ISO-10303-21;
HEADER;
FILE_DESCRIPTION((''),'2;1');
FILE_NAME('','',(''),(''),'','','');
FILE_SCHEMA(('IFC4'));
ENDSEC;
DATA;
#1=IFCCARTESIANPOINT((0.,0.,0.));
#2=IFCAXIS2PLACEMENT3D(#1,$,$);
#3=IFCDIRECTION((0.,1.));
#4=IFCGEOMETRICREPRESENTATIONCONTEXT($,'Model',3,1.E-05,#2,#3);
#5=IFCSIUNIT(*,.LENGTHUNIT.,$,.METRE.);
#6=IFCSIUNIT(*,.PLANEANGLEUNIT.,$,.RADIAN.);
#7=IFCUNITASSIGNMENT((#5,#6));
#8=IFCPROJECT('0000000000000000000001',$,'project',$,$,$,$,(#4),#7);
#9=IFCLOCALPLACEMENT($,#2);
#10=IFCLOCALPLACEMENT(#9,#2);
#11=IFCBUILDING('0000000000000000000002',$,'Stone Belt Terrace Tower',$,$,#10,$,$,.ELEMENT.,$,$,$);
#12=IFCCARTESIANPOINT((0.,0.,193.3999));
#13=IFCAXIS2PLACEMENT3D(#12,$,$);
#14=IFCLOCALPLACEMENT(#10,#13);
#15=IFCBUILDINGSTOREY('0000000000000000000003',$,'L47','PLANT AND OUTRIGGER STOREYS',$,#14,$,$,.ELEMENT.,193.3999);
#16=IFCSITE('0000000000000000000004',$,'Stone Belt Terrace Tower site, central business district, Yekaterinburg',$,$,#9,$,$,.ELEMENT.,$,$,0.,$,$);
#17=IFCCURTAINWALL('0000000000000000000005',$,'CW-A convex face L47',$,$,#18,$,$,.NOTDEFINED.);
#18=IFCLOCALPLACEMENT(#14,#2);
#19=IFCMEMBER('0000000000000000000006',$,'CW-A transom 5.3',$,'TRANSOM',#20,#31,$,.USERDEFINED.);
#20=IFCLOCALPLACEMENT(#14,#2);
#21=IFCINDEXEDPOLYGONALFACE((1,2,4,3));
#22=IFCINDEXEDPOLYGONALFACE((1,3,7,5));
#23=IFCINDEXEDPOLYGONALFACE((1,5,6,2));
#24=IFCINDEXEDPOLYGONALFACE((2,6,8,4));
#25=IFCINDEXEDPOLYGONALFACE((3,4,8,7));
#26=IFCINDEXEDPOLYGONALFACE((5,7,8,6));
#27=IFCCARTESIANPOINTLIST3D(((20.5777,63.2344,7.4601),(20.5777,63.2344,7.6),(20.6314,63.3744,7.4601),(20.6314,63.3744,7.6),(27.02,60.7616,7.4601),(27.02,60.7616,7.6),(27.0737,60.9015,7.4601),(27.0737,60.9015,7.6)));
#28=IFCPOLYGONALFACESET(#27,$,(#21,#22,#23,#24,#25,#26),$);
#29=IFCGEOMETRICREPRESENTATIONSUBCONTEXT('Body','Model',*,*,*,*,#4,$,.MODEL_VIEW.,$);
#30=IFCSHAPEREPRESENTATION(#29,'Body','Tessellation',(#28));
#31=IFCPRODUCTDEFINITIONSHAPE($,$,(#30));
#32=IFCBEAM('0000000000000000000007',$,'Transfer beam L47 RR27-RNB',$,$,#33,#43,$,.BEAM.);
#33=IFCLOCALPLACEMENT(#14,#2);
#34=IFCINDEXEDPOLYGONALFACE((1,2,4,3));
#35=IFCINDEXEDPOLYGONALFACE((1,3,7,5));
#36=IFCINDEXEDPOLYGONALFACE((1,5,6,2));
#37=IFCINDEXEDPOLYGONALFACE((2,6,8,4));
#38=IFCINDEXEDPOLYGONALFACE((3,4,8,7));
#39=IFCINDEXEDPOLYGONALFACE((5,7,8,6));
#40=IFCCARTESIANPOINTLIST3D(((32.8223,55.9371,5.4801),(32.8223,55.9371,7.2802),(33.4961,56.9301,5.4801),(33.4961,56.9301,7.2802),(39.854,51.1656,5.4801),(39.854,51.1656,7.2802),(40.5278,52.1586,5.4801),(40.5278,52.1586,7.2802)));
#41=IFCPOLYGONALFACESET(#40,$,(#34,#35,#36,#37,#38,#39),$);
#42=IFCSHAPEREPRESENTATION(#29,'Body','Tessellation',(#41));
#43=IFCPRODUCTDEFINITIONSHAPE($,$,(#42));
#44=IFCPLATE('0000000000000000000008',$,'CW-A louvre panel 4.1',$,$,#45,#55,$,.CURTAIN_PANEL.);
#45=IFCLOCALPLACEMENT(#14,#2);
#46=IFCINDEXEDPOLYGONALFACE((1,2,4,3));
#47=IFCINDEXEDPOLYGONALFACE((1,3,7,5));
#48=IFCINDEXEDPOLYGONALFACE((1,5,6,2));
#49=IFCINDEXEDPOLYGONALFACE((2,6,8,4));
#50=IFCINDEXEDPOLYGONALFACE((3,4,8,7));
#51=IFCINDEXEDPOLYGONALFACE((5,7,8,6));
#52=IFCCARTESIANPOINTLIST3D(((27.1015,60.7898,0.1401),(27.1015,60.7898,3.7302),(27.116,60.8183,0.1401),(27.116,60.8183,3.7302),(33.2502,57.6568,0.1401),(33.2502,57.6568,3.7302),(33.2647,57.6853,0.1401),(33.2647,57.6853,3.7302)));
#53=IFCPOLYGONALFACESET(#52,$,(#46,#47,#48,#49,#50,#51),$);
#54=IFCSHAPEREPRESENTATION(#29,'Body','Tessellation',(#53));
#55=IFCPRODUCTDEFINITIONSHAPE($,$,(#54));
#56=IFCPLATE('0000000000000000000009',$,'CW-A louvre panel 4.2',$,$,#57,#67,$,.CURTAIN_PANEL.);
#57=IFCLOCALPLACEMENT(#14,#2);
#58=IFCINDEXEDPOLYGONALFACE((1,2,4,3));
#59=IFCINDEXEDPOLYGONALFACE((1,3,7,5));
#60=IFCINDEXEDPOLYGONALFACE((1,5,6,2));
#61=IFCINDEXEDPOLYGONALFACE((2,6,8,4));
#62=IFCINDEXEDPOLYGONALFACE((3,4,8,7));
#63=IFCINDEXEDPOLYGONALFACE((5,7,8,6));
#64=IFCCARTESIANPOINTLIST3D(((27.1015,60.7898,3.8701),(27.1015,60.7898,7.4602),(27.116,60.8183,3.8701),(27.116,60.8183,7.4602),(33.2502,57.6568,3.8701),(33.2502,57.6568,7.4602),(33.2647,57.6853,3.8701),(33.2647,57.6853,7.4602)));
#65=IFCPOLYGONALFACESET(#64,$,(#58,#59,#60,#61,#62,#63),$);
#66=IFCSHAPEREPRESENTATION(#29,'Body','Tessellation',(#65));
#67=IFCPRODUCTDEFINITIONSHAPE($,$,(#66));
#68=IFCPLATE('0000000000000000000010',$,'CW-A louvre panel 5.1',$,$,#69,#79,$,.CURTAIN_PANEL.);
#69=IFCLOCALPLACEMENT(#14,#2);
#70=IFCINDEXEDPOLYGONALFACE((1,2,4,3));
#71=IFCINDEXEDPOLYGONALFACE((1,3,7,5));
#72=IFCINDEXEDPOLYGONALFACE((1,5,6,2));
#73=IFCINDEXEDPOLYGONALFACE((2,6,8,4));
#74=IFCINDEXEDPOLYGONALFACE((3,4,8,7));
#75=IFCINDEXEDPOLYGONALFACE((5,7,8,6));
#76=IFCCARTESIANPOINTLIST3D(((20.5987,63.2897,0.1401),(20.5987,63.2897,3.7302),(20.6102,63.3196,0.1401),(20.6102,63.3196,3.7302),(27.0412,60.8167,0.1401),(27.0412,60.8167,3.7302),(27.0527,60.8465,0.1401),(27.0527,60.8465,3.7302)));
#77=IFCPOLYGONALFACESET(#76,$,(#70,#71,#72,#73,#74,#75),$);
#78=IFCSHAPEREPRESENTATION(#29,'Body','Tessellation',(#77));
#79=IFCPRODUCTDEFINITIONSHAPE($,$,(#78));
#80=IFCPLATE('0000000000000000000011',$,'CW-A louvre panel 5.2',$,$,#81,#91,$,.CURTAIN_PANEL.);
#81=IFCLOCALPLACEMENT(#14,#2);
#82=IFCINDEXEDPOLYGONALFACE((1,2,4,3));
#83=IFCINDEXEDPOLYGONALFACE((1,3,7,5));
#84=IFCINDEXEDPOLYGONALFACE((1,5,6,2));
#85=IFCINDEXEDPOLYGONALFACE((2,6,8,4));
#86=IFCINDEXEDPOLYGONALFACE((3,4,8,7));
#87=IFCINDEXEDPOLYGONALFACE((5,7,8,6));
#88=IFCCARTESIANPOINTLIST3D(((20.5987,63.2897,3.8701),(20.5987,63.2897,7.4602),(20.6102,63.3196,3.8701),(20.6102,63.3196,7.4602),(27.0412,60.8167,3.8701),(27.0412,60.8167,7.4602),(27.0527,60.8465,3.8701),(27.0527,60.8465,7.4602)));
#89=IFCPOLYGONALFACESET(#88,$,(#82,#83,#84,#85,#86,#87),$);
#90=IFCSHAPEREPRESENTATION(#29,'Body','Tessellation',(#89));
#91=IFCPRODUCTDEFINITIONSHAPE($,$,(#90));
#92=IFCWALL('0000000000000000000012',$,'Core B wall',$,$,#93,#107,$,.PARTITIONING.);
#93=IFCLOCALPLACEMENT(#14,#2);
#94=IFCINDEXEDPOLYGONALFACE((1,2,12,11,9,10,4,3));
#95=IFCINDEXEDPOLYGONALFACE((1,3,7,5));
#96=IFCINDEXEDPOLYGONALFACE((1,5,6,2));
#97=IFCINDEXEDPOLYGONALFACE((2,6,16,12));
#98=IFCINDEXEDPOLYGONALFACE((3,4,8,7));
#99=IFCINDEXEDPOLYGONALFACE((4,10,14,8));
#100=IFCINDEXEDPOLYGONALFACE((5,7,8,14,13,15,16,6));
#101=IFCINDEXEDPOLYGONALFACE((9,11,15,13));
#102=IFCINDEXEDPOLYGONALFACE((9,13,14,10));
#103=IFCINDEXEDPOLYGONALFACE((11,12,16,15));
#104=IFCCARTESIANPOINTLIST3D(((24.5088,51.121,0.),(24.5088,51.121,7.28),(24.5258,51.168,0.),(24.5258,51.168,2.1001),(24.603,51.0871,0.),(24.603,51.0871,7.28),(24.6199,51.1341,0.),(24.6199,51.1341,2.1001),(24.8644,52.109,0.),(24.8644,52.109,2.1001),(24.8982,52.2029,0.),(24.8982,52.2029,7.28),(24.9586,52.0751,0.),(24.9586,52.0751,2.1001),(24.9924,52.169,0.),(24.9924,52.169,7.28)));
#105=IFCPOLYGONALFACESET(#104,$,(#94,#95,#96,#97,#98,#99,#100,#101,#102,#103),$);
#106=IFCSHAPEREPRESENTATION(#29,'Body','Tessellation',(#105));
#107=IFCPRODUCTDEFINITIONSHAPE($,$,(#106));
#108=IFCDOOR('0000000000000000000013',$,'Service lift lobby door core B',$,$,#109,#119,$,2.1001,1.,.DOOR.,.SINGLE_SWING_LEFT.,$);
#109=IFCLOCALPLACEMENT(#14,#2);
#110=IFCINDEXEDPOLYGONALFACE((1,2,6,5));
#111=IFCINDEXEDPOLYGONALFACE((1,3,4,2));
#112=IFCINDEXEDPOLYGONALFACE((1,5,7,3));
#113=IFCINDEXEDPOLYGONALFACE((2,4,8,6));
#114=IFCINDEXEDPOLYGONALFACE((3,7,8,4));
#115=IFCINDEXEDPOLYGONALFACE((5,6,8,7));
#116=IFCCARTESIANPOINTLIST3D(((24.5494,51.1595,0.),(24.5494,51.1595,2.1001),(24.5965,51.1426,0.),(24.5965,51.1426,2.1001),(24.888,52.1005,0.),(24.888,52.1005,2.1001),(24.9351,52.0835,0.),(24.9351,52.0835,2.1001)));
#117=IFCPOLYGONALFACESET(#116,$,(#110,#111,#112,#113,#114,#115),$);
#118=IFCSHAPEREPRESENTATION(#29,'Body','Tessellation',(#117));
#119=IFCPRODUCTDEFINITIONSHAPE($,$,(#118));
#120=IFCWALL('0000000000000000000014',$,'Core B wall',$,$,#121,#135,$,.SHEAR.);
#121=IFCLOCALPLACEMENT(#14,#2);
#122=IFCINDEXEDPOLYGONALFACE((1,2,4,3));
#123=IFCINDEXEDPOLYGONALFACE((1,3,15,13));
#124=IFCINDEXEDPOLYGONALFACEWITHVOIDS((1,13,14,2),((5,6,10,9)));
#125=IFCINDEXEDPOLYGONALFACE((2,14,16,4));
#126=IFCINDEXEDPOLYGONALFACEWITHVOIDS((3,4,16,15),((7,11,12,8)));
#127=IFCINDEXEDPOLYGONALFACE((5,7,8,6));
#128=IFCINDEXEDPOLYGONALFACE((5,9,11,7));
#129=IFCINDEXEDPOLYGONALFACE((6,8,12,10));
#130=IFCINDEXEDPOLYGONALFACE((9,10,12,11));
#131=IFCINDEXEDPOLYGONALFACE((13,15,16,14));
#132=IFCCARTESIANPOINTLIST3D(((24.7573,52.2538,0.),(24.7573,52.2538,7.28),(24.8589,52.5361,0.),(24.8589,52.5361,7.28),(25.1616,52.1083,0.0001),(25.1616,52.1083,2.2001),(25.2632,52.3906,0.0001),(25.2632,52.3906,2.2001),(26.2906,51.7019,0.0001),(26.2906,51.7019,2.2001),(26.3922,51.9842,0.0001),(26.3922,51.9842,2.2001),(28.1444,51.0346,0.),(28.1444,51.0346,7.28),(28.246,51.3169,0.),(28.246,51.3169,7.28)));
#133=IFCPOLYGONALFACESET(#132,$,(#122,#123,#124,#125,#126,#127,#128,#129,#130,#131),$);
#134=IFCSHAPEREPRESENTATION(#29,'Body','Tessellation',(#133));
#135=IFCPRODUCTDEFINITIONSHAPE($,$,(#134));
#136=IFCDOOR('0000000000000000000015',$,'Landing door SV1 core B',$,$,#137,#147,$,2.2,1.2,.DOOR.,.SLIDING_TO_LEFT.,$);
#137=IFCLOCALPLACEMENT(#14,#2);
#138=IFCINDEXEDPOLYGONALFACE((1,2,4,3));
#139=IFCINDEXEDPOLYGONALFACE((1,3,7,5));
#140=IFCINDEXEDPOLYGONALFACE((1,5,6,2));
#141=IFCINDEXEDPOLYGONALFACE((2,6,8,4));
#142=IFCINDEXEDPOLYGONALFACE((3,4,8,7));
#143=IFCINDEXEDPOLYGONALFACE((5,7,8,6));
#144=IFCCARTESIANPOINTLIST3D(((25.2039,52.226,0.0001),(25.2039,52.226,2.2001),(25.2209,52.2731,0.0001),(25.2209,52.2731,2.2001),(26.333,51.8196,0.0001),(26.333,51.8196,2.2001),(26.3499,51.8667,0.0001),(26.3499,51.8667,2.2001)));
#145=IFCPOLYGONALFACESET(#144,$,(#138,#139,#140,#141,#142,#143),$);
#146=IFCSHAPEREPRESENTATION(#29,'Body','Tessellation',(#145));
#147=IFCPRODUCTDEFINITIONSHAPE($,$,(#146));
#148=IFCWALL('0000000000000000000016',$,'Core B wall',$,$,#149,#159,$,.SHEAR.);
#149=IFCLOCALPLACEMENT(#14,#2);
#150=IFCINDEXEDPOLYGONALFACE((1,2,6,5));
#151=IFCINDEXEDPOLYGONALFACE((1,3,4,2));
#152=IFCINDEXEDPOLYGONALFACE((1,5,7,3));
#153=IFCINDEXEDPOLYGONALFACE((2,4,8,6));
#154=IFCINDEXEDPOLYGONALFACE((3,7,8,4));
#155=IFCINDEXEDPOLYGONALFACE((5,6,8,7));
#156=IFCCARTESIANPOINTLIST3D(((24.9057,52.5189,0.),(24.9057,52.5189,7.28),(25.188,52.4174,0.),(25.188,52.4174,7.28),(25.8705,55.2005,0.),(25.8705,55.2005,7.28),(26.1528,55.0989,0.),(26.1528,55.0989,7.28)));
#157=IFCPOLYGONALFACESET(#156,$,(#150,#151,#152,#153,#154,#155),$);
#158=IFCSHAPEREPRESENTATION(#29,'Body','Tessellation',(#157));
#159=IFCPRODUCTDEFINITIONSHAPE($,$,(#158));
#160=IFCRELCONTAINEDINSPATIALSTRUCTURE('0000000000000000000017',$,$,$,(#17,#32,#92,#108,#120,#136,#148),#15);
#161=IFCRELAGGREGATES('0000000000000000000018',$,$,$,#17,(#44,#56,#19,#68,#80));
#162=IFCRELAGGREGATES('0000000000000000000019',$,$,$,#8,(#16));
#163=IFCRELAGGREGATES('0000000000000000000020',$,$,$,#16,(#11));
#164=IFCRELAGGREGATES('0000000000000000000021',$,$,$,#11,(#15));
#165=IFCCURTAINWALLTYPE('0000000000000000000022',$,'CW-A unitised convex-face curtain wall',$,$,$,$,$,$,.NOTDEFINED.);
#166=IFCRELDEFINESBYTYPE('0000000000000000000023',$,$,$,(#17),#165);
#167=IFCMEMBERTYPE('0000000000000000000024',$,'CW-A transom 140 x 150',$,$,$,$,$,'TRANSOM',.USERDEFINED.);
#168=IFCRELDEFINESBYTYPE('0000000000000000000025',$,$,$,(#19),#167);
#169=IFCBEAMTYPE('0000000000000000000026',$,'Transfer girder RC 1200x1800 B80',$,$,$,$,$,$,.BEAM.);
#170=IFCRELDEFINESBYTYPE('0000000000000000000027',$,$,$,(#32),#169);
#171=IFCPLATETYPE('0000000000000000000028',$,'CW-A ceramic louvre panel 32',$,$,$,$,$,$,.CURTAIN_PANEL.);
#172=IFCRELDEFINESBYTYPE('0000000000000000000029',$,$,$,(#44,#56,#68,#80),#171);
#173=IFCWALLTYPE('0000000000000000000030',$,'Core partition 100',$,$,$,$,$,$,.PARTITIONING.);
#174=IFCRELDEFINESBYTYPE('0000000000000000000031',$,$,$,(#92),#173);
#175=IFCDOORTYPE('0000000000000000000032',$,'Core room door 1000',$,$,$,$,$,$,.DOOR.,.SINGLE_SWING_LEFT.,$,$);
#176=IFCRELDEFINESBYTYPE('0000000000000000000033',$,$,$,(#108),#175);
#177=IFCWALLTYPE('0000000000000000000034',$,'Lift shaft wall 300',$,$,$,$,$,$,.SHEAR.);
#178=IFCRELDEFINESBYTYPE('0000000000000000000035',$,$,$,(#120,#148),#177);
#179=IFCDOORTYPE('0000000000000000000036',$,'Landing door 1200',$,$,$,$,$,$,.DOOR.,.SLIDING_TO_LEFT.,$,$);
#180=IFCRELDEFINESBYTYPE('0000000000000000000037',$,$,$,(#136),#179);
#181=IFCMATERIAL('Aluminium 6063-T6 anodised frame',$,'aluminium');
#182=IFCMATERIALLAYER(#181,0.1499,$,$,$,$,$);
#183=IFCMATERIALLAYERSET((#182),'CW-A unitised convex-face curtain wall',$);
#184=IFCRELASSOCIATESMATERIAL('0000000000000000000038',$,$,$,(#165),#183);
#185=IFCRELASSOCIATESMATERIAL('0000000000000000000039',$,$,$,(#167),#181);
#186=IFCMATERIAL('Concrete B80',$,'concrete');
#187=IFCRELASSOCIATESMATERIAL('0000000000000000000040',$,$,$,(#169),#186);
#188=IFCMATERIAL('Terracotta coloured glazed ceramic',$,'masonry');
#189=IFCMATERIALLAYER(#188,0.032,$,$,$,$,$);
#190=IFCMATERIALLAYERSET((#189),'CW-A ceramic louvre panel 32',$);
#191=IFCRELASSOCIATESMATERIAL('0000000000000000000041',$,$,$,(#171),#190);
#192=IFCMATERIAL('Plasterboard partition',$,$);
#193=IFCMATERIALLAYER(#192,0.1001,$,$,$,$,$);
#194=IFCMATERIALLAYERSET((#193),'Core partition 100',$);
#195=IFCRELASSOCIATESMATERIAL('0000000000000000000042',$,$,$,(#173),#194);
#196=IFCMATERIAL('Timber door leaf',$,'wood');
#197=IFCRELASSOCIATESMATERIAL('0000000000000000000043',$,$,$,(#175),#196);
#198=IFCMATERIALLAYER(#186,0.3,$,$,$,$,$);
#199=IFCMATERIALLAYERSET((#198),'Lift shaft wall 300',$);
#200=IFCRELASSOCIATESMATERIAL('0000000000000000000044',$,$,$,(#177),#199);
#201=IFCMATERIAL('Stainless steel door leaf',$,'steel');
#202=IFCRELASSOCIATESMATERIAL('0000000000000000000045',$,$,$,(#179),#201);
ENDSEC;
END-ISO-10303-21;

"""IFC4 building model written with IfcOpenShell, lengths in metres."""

from ifc_helpers import new_model, si_unit, direction, frame, frame_2d, origin, origin_2d, place, context, subcontext, project, spatial, rectangle, extrude, material, layer, layer_set, material_profile, profile_set, type_object, element, fill, aggregate, save


model = new_model("IFC4")

# Units and contexts
model_context = context("Model", 3, precision=1e-05, world=origin(), true_north=direction((0.0, 1.0)))
body_context = subcontext(model_context, "Body", "Model", "MODEL_VIEW")
ifc_project = project(units=[si_unit("LENGTHUNIT", "METRE"), si_unit("PLANEANGLEUNIT", "RADIAN")], contexts=[model_context])

# Site, building, storey
site_placement = place(None, origin())
site = spatial("IfcSite", under=ifc_project, at=site_placement, Name="Stone Belt Terrace Tower site, central business district, Yekaterinburg", CompositionType="ELEMENT", RefElevation=0.0)
building_placement = place(site_placement, origin())
building = spatial("IfcBuilding", under=site, at=building_placement, Name="Stone Belt Terrace Tower", CompositionType="ELEMENT")
storey_placement = place(building_placement, frame((0.0, 0.0, 193.3999)))
storey = spatial("IfcBuildingStorey", under=building, at=storey_placement, Name="L47", Description="PLANT AND OUTRIGGER STOREYS", CompositionType="ELEMENT", Elevation=193.3999)

# Shared definitions
ifc_material_1 = material(Name="Concrete B80", Category="concrete")

# Curtain wall, member
ifc_material_2 = material(Name="Aluminium 6063-T6 anodised frame", Category="aluminium")
ifc_layer_1 = layer(ifc_material_2, 0.1499)
ifc_layer_set_1 = layer_set([ifc_layer_1], Name="CW-A unitised convex-face curtain wall")
curtain_wall_type = type_object("IfcCurtainWallType", Name="CW-A unitised convex-face curtain wall", PredefinedType="NOTDEFINED", material=ifc_layer_set_1)
curtain_wall_placement = place(storey_placement, origin())
curtain_wall = element("IfcCurtainWall", 1, at=curtain_wall_placement, inside=storey, type_object=curtain_wall_type, Name="CW-A convex face L47", PredefinedType="NOTDEFINED")
ifc_material_profile_1 = material_profile(ifc_material_2, rectangle(XDim=0.1499, YDim=0.1399, at=origin_2d()), Name="Aluminium 6063-T6 150x140")
ifc_profile_set_1 = profile_set([ifc_material_profile_1], Name="Aluminium 6063-T6 anodised frame")
member_type_1 = type_object("IfcMemberType", Name="CW-A transom 140 x 150", ElementType="TRANSOM", PredefinedType="USERDEFINED", material=ifc_profile_set_1)
member_1_placement = place(storey_placement, frame((27.0469, 60.8315, 7.53), z_axis=(-0.933585, 0.358355, 0.0), x_axis=(-0.358355, -0.933585, 0.0)))
member_1 = element("IfcMember", 2, at=member_1_placement, type_object=member_type_1, Name="CW-A transom 5.3", ObjectType="TRANSOM", PredefinedType="USERDEFINED", context=body_context, shape_type="SweptSolid", body=[
    extrude(rectangle(XDim=0.1499, YDim=0.1399, at=origin_2d()), origin(), (0.0, 0.0, 1.0), 6.9006),
])

# Beam
ifc_material_profile_2 = material_profile(ifc_material_1, rectangle(XDim=1.2, YDim=1.8, at=origin_2d()), Name="RC 1200x1800")
ifc_profile_set_2 = profile_set([ifc_material_profile_2], Name="Concrete B80")
beam_type = type_object("IfcBeamType", Name="Transfer girder RC 1200x1800 B80", PredefinedType="BEAM", material=ifc_profile_set_2)
beam_placement = place(storey_placement, frame((33.1592, 56.4336, 6.3801), z_axis=(0.827479, -0.561497, 0.0), x_axis=(0.561497, 0.827479, 0.0)))
element("IfcBeam", 3, at=beam_placement, inside=storey, type_object=beam_type, Name="Transfer beam L47 RR27-RNB", PredefinedType="BEAM", context=body_context, shape_type="SweptSolid", body=[
    extrude(rectangle(XDim=1.2, YDim=1.8, at=origin_2d()), origin(), (0.0, 0.0, 1.0), 8.4978),
])

# Plates
ifc_material_3 = material(Name="Terracotta coloured glazed ceramic", Category="masonry")
ifc_layer_2 = layer(ifc_material_3, 0.032)
ifc_layer_set_2 = layer_set([ifc_layer_2], Name="CW-A ceramic louvre panel 32")
plate_type = type_object("IfcPlateType", Name="CW-A ceramic louvre panel 32", PredefinedType="CURTAIN_PANEL", material=ifc_layer_set_2)
plate_1_placement = place(storey_placement, frame((30.1831, 59.2375, 0.1401), z_axis=(0.0, 0.0, 1.0), x_axis=(-0.891007, 0.45399, 0.0)))
plate_1 = element("IfcPlate", 4, at=plate_1_placement, type_object=plate_type, Name="CW-A louvre panel 4.1", PredefinedType="CURTAIN_PANEL", context=body_context, shape_type="SweptSolid", body=[
    extrude(rectangle(XDim=6.9009, YDim=0.032, at=origin_2d()), origin(), (0.0, 0.0, 1.0), 3.5901),
])
plate_2_placement = place(storey_placement, frame((30.1831, 59.2375, 3.8701), z_axis=(0.0, 0.0, 1.0), x_axis=(-0.891007, 0.45399, 0.0)))
plate_2 = element("IfcPlate", 5, at=plate_2_placement, type_object=plate_type, Name="CW-A louvre panel 4.2", PredefinedType="CURTAIN_PANEL", context=body_context, shape_type="SweptSolid", body=[
    extrude(rectangle(XDim=6.9009, YDim=0.032, at=origin_2d()), origin(), (0.0, 0.0, 1.0), 3.5901),
])
plate_3_placement = place(storey_placement, frame((23.8257, 62.0681, 0.1401), z_axis=(0.0, 0.0, 1.0), x_axis=(-0.93358, 0.358368, 0.0)))
plate_3 = element("IfcPlate", 6, at=plate_3_placement, type_object=plate_type, Name="CW-A louvre panel 5.1", PredefinedType="CURTAIN_PANEL", context=body_context, shape_type="SweptSolid", body=[
    extrude(rectangle(XDim=6.9009, YDim=0.032, at=origin_2d()), origin(), (0.0, 0.0, 1.0), 3.5901),
])
plate_4_placement = place(storey_placement, frame((23.8257, 62.0681, 3.8701), z_axis=(0.0, 0.0, 1.0), x_axis=(-0.93358, 0.358368, 0.0)))
plate_4 = element("IfcPlate", 7, at=plate_4_placement, type_object=plate_type, Name="CW-A louvre panel 5.2", PredefinedType="CURTAIN_PANEL", context=body_context, shape_type="SweptSolid", body=[
    extrude(rectangle(XDim=6.9009, YDim=0.032, at=origin_2d()), origin(), (0.0, 0.0, 1.0), 3.5901),
])
aggregate(curtain_wall, [plate_1, plate_2, member_1, plate_3, plate_4])

# Walls, openings, doors
ifc_material_4 = material(Name="Plasterboard partition")
ifc_layer_3 = layer(ifc_material_4, 0.1001)
ifc_layer_set_3 = layer_set([ifc_layer_3], Name="Core partition 100")
wall_type_1 = type_object("IfcWallType", Name="Core partition 100", PredefinedType="PARTITIONING", material=ifc_layer_set_3)
wall_1_placement = place(storey_placement, frame((24.5559, 51.104, 0.0), z_axis=(0.0, 0.0, 1.0), x_axis=(0.338622, 0.940923, 0.0)))
wall_1 = element("IfcWall", 8, at=wall_1_placement, inside=storey, type_object=wall_type_1, Name="Core B wall", PredefinedType="PARTITIONING", context=body_context, shape_type="SweptSolid", body=[
    extrude(rectangle(XDim=1.1499, YDim=0.1001, at=frame_2d((0.575, 0.0))), origin(), (0.0, 0.0, 1.0), 7.28),
])
opening_1_placement = place(wall_1_placement, frame((0.05, 0.0, 0.0)))
opening_1 = element("IfcOpeningElement", 9, at=opening_1_placement, cuts=wall_1, PredefinedType="OPENING", context=body_context, shape_type="SweptSolid", body=[
    extrude(rectangle(XDim=1.0, YDim=2.1001, at=frame_2d((0.5, 1.05))), frame((0.0, 0.0601, 0.0), z_axis=(0.0, -1.0, 0.0), x_axis=(1.0, 0.0, 0.0)), (0.0, 0.0, 1.0), 0.1201),
])
ifc_material_5 = material(Name="Timber door leaf", Category="wood")
door_type_1 = type_object("IfcDoorType", Name="Core room door 1000", OperationType="SINGLE_SWING_LEFT", PredefinedType="DOOR", material=ifc_material_5)
door_1_placement = place(opening_1_placement, origin())
door_1 = element("IfcDoor", 10, at=door_1_placement, inside=storey, type_object=door_type_1, Name="Service lift lobby door core B", OperationType="SINGLE_SWING_LEFT", OverallHeight=2.1001, OverallWidth=1.0, PredefinedType="DOOR", context=body_context, shape_type="SweptSolid", body=[
    extrude(rectangle(XDim=1.0, YDim=2.1001, at=frame_2d((0.5, 1.05))), frame((0.0, 0.0249, 0.0), z_axis=(0.0, -1.0, 0.0), x_axis=(1.0, 0.0, 0.0)), (0.0, 0.0, 1.0), 0.05),
])
fill(opening_1, door_1)
ifc_layer_4 = layer(ifc_material_1, 0.3)
ifc_layer_set_4 = layer_set([ifc_layer_4], Name="Lift shaft wall 300")
wall_type_2 = type_object("IfcWallType", Name="Lift shaft wall 300", PredefinedType="SHEAR", material=ifc_layer_set_4)
wall_2_placement = place(storey_placement, frame((28.1951, 51.1758, 0.0), z_axis=(0.0, 0.0, 1.0), x_axis=(-0.940901, 0.338681, 0.0)))
wall_2 = element("IfcWall", 11, at=wall_2_placement, inside=storey, type_object=wall_type_2, Name="Core B wall", PredefinedType="SHEAR", context=body_context, shape_type="SweptSolid", body=[
    extrude(rectangle(XDim=3.5999, YDim=0.3, at=frame_2d((1.7998, 0.0))), origin(), (0.0, 0.0, 1.0), 7.28),
])
opening_2_placement = place(wall_2_placement, frame((1.97, 0.0, 0.0)))
opening_2 = element("IfcOpeningElement", 12, at=opening_2_placement, cuts=wall_2, PredefinedType="OPENING", context=body_context, shape_type="SweptSolid", body=[
    extrude(rectangle(XDim=1.2, YDim=2.2, at=frame_2d((0.6001, 1.1001))), frame((0.0, 0.1599, 0.0), z_axis=(0.0, -1.0, 0.0), x_axis=(1.0, 0.0, 0.0)), (0.0, 0.0, 1.0), 0.3201),
])
ifc_material_6 = material(Name="Stainless steel door leaf", Category="steel")
door_type_2 = type_object("IfcDoorType", Name="Landing door 1200", OperationType="SLIDING_TO_LEFT", PredefinedType="DOOR", material=ifc_material_6)
door_2_placement = place(opening_2_placement, origin())
door_2 = element("IfcDoor", 13, at=door_2_placement, inside=storey, type_object=door_type_2, Name="Landing door SV1 core B", OperationType="SLIDING_TO_LEFT", OverallHeight=2.2, OverallWidth=1.2, PredefinedType="DOOR", context=body_context, shape_type="SweptSolid", body=[
    extrude(rectangle(XDim=1.2, YDim=2.2, at=frame_2d((0.6001, 1.1001))), frame((0.0, 0.0249, 0.0), z_axis=(0.0, -1.0, 0.0), x_axis=(1.0, 0.0, 0.0)), (0.0, 0.0, 1.0), 0.05),
])
fill(opening_2, door_2)

# Wall
wall_3_placement = place(storey_placement, frame((25.0469, 52.4683, 0.0), z_axis=(0.0, 0.0, 1.0), x_axis=(0.33855, 0.940949, 0.0)))
element("IfcWall", 14, at=wall_3_placement, inside=storey, type_object=wall_type_2, Name="Core B wall", PredefinedType="SHEAR", context=body_context, shape_type="SweptSolid", body=[
    extrude(rectangle(XDim=2.8499, YDim=0.3, at=frame_2d((1.4248, 0.0))), origin(), (0.0, 0.0, 1.0), 7.28),
])

save(model, "model.ifc")
